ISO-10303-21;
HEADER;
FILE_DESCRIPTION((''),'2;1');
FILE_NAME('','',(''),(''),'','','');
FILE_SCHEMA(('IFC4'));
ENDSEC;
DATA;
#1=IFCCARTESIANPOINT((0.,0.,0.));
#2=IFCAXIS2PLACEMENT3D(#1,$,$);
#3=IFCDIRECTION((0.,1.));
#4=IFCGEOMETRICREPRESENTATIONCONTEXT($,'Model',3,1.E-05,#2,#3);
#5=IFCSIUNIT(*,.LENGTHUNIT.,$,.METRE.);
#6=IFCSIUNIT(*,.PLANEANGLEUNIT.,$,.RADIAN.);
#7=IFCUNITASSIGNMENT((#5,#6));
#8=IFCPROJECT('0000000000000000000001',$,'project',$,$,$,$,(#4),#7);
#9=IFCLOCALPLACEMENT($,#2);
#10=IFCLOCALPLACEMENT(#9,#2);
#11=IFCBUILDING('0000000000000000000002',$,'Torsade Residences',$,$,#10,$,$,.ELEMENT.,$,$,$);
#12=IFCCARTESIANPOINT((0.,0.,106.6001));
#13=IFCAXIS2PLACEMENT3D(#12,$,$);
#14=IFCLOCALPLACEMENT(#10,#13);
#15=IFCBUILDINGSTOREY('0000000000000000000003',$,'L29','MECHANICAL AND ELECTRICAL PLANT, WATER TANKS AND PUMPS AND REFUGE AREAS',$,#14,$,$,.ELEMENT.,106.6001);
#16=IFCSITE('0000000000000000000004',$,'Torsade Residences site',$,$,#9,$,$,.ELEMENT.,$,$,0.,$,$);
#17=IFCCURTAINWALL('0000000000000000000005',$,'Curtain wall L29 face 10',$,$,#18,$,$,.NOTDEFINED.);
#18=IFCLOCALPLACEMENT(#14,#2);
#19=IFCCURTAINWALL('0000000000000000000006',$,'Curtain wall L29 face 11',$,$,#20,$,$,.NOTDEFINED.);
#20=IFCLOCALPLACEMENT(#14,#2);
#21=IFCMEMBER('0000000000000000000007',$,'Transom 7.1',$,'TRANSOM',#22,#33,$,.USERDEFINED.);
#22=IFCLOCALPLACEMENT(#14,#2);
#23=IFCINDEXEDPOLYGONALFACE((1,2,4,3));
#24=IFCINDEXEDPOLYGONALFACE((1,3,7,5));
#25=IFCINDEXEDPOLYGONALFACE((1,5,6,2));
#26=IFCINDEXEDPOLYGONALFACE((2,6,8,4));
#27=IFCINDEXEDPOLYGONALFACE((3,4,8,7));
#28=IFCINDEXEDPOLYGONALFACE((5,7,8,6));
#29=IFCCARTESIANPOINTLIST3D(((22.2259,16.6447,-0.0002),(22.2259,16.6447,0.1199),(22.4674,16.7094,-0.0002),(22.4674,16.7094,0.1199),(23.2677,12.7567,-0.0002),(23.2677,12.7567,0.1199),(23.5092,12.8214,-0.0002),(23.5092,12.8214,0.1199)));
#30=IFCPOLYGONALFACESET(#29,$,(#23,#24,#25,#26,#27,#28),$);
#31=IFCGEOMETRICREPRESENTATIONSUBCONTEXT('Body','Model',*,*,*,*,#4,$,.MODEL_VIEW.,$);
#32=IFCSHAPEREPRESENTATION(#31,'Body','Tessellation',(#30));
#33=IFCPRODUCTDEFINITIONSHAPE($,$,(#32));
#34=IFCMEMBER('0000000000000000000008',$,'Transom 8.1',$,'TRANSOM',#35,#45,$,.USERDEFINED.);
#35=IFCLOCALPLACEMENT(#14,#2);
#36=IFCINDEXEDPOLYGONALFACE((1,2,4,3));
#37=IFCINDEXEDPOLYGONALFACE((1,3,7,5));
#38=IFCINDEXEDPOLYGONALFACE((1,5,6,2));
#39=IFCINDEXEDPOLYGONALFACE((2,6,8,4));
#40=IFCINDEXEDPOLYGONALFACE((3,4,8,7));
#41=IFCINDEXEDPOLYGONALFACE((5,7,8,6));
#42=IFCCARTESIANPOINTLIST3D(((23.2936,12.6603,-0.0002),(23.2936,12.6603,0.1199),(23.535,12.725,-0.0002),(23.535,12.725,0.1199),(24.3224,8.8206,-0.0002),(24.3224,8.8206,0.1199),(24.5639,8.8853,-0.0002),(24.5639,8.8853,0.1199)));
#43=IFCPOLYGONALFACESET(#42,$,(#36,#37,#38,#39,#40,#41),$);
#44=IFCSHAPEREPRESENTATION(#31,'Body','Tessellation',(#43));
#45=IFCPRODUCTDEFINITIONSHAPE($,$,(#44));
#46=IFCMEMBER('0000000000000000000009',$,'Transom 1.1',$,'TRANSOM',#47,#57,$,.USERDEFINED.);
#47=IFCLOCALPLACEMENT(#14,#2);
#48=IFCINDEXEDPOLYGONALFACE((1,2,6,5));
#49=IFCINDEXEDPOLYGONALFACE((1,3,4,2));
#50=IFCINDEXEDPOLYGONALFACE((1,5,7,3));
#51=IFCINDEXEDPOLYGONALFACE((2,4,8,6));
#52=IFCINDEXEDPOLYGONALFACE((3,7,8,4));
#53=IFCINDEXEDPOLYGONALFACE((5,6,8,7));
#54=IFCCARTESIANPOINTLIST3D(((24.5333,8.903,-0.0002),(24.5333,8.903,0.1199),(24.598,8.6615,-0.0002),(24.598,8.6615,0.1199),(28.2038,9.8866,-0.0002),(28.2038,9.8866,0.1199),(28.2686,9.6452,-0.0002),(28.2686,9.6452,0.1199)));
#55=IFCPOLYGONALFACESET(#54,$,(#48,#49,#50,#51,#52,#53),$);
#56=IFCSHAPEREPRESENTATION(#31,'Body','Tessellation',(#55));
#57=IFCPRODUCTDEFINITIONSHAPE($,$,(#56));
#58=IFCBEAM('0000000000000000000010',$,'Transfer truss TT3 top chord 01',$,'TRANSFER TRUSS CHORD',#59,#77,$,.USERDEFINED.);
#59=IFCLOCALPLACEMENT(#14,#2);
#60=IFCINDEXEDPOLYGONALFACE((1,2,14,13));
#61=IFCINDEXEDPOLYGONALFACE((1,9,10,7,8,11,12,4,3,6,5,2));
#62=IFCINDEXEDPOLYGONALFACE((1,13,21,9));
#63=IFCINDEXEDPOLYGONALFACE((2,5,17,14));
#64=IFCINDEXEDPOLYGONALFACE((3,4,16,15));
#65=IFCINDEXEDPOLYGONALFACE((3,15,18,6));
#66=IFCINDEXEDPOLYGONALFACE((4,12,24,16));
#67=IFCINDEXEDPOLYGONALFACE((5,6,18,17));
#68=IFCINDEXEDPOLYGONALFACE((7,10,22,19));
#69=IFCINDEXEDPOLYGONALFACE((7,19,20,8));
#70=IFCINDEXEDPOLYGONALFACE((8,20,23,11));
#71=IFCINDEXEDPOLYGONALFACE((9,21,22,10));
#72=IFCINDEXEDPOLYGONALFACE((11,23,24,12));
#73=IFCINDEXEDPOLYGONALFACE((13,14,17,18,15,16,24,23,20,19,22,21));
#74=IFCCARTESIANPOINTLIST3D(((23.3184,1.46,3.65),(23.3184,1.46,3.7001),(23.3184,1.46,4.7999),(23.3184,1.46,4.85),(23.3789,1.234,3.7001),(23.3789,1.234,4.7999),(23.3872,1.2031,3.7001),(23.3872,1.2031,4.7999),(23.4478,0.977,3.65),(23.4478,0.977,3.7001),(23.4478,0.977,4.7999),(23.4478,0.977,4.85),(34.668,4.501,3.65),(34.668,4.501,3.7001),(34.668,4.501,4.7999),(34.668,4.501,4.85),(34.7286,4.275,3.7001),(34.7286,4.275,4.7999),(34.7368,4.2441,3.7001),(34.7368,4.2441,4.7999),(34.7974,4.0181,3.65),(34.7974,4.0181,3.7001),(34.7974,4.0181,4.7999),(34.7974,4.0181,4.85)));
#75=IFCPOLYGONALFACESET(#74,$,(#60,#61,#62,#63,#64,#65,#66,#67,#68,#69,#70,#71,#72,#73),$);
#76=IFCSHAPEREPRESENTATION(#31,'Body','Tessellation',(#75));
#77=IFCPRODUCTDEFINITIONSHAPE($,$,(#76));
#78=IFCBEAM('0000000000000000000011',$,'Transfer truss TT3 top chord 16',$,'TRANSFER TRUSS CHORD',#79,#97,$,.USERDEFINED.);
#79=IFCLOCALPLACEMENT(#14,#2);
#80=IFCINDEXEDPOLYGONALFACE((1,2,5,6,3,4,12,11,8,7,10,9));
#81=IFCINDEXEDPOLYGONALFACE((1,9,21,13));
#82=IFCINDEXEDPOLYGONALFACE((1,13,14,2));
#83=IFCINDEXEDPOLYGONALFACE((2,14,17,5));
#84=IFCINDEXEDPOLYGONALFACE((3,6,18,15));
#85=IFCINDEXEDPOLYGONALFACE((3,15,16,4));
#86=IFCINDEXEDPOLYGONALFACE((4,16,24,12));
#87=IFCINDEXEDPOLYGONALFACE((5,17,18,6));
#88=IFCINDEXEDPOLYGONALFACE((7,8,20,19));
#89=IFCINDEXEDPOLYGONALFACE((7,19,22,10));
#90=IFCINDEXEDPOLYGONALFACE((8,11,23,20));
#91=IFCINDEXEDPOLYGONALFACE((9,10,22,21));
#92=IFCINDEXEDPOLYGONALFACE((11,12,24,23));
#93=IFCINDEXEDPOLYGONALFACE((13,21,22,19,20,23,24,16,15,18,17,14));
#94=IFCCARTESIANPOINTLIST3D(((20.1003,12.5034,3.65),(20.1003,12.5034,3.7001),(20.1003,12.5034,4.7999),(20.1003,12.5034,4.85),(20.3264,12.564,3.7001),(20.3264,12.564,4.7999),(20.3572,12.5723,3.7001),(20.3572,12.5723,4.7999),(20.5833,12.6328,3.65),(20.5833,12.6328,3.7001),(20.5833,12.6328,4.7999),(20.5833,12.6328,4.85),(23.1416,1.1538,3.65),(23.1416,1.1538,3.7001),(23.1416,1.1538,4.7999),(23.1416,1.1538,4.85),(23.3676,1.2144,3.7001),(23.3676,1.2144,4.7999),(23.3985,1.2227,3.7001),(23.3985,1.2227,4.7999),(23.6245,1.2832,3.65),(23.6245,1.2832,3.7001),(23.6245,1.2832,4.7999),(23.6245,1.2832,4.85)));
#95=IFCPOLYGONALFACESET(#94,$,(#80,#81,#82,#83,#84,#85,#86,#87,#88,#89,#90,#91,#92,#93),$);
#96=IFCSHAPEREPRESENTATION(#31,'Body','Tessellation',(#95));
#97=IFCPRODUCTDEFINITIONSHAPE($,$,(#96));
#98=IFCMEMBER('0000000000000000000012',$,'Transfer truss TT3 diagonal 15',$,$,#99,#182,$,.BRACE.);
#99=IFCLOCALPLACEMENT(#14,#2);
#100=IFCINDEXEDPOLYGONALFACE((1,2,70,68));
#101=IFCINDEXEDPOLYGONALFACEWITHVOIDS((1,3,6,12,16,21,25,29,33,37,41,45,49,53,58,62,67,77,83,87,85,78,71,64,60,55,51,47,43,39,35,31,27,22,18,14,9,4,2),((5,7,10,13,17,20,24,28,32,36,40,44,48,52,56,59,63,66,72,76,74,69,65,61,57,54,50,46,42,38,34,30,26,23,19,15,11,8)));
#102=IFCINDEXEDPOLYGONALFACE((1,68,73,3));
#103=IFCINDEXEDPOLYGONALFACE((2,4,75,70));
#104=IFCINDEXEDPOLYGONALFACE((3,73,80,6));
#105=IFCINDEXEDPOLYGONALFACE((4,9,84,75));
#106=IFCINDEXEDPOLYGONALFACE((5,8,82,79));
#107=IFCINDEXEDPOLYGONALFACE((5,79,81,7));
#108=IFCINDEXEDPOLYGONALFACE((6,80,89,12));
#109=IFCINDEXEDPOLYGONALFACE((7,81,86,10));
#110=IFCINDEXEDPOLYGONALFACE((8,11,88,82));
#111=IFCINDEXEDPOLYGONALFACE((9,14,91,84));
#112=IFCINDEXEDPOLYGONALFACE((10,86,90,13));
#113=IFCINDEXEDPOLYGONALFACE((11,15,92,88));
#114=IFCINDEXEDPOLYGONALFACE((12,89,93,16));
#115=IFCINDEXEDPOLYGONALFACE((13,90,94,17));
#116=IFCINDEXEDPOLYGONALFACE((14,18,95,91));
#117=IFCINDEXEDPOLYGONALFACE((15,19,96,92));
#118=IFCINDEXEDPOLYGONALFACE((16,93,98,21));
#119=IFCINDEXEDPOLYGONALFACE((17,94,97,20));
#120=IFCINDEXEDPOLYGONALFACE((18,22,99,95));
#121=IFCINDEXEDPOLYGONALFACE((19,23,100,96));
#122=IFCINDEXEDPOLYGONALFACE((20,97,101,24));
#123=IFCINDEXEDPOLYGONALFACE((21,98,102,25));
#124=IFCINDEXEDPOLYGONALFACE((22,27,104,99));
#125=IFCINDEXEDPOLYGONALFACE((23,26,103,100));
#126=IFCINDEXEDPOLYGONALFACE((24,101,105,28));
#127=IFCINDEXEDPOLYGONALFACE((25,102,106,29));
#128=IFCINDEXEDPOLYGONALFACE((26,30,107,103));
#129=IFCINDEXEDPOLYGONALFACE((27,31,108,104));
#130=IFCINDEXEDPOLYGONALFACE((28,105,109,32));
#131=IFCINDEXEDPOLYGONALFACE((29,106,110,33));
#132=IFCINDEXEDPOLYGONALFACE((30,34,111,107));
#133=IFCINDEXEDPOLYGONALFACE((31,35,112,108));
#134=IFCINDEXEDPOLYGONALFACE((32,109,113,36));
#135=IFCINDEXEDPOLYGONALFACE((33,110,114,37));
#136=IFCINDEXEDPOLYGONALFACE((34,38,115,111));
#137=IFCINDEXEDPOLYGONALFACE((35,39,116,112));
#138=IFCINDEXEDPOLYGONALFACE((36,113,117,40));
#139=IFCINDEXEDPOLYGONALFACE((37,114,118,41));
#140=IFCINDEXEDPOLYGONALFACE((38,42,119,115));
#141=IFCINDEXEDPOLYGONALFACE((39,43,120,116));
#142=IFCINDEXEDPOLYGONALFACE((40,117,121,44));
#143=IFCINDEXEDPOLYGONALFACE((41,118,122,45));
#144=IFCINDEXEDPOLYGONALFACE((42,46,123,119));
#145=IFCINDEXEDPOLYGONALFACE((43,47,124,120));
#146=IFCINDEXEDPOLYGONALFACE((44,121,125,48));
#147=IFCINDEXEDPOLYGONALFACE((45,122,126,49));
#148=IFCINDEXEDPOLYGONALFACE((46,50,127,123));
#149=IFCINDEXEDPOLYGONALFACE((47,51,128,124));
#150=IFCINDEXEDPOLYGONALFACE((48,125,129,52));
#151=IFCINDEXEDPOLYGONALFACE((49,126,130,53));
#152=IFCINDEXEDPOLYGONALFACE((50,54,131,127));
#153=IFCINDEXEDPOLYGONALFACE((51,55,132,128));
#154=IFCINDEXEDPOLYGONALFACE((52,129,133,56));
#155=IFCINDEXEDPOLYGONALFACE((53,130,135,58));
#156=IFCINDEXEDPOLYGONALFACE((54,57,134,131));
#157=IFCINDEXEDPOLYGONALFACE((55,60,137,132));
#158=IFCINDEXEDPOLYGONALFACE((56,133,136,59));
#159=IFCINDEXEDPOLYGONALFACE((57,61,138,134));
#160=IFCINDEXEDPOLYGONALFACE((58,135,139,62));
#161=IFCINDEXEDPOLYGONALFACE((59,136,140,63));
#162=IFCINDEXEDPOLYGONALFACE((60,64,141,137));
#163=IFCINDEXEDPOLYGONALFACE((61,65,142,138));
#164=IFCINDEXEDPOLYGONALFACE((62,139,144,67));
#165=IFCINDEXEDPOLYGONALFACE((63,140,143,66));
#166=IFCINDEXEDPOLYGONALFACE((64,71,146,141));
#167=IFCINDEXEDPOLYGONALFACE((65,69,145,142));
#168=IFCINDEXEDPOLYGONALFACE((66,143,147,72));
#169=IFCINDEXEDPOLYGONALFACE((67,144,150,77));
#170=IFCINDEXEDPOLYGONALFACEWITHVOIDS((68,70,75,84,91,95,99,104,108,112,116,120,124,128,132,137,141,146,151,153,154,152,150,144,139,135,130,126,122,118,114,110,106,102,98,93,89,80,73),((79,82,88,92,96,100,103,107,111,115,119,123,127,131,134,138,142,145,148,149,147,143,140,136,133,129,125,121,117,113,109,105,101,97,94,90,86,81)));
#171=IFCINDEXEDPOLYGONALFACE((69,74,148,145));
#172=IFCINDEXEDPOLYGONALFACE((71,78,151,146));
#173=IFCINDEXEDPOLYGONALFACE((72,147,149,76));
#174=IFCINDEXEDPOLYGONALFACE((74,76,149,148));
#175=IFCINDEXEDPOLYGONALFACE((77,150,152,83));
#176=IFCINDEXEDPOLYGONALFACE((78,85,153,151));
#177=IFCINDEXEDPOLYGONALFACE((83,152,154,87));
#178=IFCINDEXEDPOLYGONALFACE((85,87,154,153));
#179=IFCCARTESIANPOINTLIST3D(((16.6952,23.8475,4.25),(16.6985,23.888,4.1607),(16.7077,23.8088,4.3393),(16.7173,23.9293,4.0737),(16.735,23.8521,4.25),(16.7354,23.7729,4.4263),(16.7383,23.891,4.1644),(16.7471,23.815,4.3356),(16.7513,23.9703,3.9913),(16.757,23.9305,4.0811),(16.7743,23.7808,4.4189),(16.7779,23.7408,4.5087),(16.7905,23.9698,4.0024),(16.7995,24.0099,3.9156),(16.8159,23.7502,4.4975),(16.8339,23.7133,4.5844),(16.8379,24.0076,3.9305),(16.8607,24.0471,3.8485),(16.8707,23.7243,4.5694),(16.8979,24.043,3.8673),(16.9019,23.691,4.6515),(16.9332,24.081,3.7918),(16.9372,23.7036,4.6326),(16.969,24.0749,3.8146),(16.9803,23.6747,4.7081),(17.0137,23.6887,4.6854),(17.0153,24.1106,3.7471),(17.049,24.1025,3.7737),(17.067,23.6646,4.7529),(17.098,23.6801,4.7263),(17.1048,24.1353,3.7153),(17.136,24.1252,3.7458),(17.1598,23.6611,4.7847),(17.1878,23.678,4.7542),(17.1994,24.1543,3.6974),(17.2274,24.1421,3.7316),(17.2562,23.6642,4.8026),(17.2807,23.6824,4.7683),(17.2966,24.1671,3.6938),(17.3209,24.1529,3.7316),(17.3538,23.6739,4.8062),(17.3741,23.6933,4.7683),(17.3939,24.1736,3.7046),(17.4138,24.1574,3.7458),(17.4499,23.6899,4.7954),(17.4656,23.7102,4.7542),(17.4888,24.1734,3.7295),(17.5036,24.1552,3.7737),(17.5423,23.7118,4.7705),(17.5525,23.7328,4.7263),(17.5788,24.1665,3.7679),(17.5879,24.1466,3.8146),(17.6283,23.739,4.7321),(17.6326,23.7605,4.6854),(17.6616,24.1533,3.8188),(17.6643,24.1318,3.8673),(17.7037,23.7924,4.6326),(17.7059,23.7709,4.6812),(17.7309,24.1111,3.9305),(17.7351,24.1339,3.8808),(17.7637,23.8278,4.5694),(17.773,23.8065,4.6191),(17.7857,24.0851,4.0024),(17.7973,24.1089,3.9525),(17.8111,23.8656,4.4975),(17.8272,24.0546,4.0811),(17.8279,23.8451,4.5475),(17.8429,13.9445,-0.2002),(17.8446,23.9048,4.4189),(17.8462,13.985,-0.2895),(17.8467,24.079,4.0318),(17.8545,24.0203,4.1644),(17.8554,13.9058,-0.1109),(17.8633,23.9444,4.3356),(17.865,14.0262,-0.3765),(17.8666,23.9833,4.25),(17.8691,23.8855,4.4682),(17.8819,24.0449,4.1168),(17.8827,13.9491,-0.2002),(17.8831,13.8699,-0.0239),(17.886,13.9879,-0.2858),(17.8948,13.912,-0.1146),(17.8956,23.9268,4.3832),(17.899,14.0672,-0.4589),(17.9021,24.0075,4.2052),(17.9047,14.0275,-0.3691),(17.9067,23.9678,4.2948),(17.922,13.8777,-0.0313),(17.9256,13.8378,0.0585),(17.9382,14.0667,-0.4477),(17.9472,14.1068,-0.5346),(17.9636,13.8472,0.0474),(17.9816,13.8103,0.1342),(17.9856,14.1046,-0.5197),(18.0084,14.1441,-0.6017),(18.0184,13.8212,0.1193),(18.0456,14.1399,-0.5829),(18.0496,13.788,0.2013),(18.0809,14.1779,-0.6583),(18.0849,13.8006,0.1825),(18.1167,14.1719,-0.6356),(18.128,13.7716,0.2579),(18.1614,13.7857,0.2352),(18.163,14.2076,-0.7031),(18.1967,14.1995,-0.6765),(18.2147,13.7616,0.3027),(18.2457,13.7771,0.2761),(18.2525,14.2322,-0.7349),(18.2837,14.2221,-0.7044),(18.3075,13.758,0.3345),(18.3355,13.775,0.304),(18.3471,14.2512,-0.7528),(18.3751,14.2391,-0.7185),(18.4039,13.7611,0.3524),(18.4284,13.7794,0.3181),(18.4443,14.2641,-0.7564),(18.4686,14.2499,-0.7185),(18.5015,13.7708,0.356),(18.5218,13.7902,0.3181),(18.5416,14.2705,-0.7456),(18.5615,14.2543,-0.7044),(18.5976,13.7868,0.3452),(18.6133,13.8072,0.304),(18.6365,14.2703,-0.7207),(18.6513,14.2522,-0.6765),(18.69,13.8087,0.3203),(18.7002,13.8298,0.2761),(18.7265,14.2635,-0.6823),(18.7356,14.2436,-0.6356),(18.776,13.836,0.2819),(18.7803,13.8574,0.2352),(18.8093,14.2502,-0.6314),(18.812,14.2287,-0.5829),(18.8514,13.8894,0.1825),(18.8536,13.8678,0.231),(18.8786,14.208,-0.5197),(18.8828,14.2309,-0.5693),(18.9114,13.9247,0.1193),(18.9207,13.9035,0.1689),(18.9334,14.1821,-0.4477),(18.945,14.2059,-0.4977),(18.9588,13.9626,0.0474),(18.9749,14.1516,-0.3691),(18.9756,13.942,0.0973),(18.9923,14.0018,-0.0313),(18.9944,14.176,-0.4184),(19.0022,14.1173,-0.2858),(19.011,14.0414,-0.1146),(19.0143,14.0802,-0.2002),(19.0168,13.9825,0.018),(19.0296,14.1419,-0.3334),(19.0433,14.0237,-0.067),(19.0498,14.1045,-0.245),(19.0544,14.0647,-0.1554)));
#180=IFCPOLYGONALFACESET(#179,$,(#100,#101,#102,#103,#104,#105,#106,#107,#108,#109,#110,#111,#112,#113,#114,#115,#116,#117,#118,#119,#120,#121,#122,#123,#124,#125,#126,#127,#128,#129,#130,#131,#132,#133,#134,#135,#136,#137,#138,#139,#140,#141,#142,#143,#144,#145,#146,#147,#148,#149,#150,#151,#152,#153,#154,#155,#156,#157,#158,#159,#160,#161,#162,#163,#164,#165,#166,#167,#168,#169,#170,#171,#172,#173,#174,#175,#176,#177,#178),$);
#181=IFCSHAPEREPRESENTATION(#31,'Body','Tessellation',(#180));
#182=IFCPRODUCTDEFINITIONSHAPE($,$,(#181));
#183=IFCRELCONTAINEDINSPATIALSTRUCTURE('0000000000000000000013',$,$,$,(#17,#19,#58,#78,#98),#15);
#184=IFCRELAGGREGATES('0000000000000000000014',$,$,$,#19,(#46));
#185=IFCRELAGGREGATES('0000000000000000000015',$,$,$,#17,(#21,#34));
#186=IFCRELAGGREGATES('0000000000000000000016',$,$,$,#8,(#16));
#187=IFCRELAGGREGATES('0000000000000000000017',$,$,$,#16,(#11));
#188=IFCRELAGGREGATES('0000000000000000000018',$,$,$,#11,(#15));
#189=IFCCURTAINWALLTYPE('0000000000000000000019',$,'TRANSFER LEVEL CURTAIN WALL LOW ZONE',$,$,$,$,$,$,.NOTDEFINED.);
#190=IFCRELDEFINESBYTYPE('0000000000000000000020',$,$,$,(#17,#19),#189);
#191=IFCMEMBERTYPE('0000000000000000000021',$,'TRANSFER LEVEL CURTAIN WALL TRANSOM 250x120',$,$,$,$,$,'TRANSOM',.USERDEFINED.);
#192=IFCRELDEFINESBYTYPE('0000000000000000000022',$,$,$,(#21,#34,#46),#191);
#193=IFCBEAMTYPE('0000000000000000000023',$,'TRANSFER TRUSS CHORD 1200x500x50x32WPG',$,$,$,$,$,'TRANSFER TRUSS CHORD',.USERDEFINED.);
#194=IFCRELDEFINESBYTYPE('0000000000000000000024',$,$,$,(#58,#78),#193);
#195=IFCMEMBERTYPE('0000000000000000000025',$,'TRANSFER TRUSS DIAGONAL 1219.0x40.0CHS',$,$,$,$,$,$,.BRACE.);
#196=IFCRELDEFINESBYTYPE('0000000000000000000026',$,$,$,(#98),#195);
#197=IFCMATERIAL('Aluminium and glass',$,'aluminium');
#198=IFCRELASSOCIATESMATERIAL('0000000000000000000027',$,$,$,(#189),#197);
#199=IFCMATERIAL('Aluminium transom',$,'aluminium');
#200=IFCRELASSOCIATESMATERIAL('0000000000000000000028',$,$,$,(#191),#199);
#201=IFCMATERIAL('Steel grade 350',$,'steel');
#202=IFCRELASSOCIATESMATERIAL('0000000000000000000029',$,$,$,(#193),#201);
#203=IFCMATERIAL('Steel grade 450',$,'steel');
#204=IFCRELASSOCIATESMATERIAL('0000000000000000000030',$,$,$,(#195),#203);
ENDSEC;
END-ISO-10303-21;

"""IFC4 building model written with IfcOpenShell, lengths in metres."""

from ifc_helpers import new_model, si_unit, direction, frame, origin, origin_2d, place, context, subcontext, project, spatial, rectangle, hollow_circle, i_section, extrude, material, material_profile, profile_set, type_object, element, aggregate, save


model = new_model("IFC4")

# Units and contexts
model_context = context("Model", 3, precision=1e-05, world=origin(), true_north=direction((0.0, 1.0)))
body_context = subcontext(model_context, "Body", "Model", "MODEL_VIEW")
ifc_project = project(units=[si_unit("LENGTHUNIT", "METRE"), si_unit("PLANEANGLEUNIT", "RADIAN")], contexts=[model_context])

# Site, building, storey
site_placement = place(None, origin())
site = spatial("IfcSite", under=ifc_project, at=site_placement, Name="Torsade Residences site", CompositionType="ELEMENT", RefElevation=0.0)
building_placement = place(site_placement, origin())
building = spatial("IfcBuilding", under=site, at=building_placement, Name="Torsade Residences", CompositionType="ELEMENT")
storey_placement = place(building_placement, frame((0.0, 0.0, 106.6001)))
storey = spatial("IfcBuildingStorey", under=building, at=storey_placement, Name="L29", Description="MECHANICAL AND ELECTRICAL PLANT, WATER TANKS AND PUMPS AND REFUGE AREAS", CompositionType="ELEMENT", Elevation=106.6001)

# Curtain wall
ifc_material_1 = material(Name="Aluminium and glass", Category="aluminium")
curtain_wall_type = type_object("IfcCurtainWallType", Name="TRANSFER LEVEL CURTAIN WALL LOW ZONE", PredefinedType="NOTDEFINED", material=ifc_material_1)
curtain_wall_1_placement = place(storey_placement, origin())
curtain_wall_1 = element("IfcCurtainWall", 1, at=curtain_wall_1_placement, inside=storey, type_object=curtain_wall_type, Name="Curtain wall L29 face 10", PredefinedType="NOTDEFINED")

# Curtain wall
curtain_wall_2_placement = place(storey_placement, origin())
curtain_wall_2 = element("IfcCurtainWall", 2, at=curtain_wall_2_placement, inside=storey, type_object=curtain_wall_type, Name="Curtain wall L29 face 11", PredefinedType="NOTDEFINED")

# Members
ifc_material_2 = material(Name="Aluminium transom", Category="aluminium")
ifc_material_profile_1 = material_profile(ifc_material_2, rectangle(XDim=0.25, YDim=0.1201, at=origin_2d()), Name="TRANSFER LEVEL CURTAIN WALL TRANSOM 250x120")
ifc_profile_set_1 = profile_set([ifc_material_profile_1], Name="Aluminium transom")
member_type_1 = type_object("IfcMemberType", Name="TRANSFER LEVEL CURTAIN WALL TRANSOM 250x120", ElementType="TRANSOM", PredefinedType="USERDEFINED", material=ifc_profile_set_1)
member_1_placement = place(storey_placement, frame((22.3467, 16.677, 0.0598), z_axis=(0.258814, -0.965927, 0.0), x_axis=(0.965927, 0.258814, 0.0)))
member_1 = element("IfcMember", 3, at=member_1_placement, type_object=member_type_1, Name="Transom 7.1", ObjectType="TRANSOM", PredefinedType="USERDEFINED", context=body_context, shape_type="SweptSolid", body=[
    extrude(rectangle(XDim=0.25, YDim=0.1201, at=origin_2d()), origin(), (0.0, 0.0, 1.0), 4.0251),
])
member_2_placement = place(storey_placement, frame((23.4143, 12.6926, 0.0598), z_axis=(0.258817, -0.965926, 0.0), x_axis=(0.965926, 0.258817, 0.0)))
member_2 = element("IfcMember", 4, at=member_2_placement, type_object=member_type_1, Name="Transom 8.1", ObjectType="TRANSOM", PredefinedType="USERDEFINED", context=body_context, shape_type="SweptSolid", body=[
    extrude(rectangle(XDim=0.25, YDim=0.1201, at=origin_2d()), origin(), (0.0, 0.0, 1.0), 3.9751),
])
member_3_placement = place(storey_placement, frame((24.5657, 8.7822, 0.0598), z_axis=(0.965915, 0.258858, 0.0), x_axis=(-0.258858, 0.965915, 0.0)))
member_3 = element("IfcMember", 5, at=member_3_placement, type_object=member_type_1, Name="Transom 1.1", ObjectType="TRANSOM", PredefinedType="USERDEFINED", context=body_context, shape_type="SweptSolid", body=[
    extrude(rectangle(XDim=0.25, YDim=0.1201, at=origin_2d()), origin(), (0.0, 0.0, 1.0), 3.8),
])
aggregate(curtain_wall_2, [member_3])

# Beams
ifc_material_3 = material(Name="Steel grade 350", Category="steel")
ifc_material_profile_2 = material_profile(ifc_material_3, i_section(OverallWidth=0.5, OverallDepth=1.2, WebThickness=0.032, FlangeThickness=0.05, at=origin_2d()), Name="1200x500x50x32WPG")
ifc_profile_set_2 = profile_set([ifc_material_profile_2], Name="Steel grade 350")
beam_type_1 = type_object("IfcBeamType", Name="TRANSFER TRUSS CHORD 1200x500x50x32WPG", ElementType="TRANSFER TRUSS CHORD", PredefinedType="USERDEFINED", material=ifc_profile_set_2)
for number, where, z_axis, x_axis, name in (
    (6, (23.3831, 1.2185, 4.25), (0.965928, 0.258811, 0.0), (-0.258811, 0.965928, 0.0), "Transfer truss TT3 top chord 01"),
    (7, (20.3418, 12.5681, 4.25), (0.25883, -0.965923, 0.0), (0.965923, 0.25883, 0.0), "Transfer truss TT3 top chord 16"),
):
    element("IfcBeam", number, at=place(storey_placement, frame(where, z_axis=z_axis, x_axis=x_axis)), inside=storey, type_object=beam_type_1, Name=name, ObjectType="TRANSFER TRUSS CHORD", PredefinedType="USERDEFINED", context=body_context, shape_type="SweptSolid", body=[
        extrude(i_section(OverallWidth=0.5, OverallDepth=1.2, WebThickness=0.032, FlangeThickness=0.05, at=origin_2d()), origin(), (0.0, 0.0, 1.0), 11.75),
    ])

# Member
ifc_material_4 = material(Name="Steel grade 450", Category="steel")
ifc_material_profile_3 = material_profile(ifc_material_4, hollow_circle(Radius=0.6096, WallThickness=0.04, at=origin_2d()), Name="1219.0x40.0CHS")
ifc_profile_set_3 = profile_set([ifc_material_profile_3], Name="Steel grade 450")
member_type_2 = type_object("IfcMemberType", Name="TRANSFER TRUSS DIAGONAL 1219.0x40.0CHS", PredefinedType="BRACE", material=ifc_profile_set_3)
member_4_placement = place(storey_placement, frame((18.4485, 14.0146, -0.2002), z_axis=(-0.105125, 0.907081, 0.407619), x_axis=(-0.993351, -0.115123, 0.0)))
element("IfcMember", 8, at=member_4_placement, inside=storey, type_object=member_type_2, Name="Transfer truss TT3 diagonal 15", PredefinedType="BRACE", context=body_context, shape_type="SweptSolid", body=[
    extrude(hollow_circle(Radius=0.6096, WallThickness=0.04, at=origin_2d()), origin(), (0.0, 0.0, 1.0), 10.9175),
])

aggregate(curtain_wall_1, [member_1, member_2])

save(model, "model.ifc")
